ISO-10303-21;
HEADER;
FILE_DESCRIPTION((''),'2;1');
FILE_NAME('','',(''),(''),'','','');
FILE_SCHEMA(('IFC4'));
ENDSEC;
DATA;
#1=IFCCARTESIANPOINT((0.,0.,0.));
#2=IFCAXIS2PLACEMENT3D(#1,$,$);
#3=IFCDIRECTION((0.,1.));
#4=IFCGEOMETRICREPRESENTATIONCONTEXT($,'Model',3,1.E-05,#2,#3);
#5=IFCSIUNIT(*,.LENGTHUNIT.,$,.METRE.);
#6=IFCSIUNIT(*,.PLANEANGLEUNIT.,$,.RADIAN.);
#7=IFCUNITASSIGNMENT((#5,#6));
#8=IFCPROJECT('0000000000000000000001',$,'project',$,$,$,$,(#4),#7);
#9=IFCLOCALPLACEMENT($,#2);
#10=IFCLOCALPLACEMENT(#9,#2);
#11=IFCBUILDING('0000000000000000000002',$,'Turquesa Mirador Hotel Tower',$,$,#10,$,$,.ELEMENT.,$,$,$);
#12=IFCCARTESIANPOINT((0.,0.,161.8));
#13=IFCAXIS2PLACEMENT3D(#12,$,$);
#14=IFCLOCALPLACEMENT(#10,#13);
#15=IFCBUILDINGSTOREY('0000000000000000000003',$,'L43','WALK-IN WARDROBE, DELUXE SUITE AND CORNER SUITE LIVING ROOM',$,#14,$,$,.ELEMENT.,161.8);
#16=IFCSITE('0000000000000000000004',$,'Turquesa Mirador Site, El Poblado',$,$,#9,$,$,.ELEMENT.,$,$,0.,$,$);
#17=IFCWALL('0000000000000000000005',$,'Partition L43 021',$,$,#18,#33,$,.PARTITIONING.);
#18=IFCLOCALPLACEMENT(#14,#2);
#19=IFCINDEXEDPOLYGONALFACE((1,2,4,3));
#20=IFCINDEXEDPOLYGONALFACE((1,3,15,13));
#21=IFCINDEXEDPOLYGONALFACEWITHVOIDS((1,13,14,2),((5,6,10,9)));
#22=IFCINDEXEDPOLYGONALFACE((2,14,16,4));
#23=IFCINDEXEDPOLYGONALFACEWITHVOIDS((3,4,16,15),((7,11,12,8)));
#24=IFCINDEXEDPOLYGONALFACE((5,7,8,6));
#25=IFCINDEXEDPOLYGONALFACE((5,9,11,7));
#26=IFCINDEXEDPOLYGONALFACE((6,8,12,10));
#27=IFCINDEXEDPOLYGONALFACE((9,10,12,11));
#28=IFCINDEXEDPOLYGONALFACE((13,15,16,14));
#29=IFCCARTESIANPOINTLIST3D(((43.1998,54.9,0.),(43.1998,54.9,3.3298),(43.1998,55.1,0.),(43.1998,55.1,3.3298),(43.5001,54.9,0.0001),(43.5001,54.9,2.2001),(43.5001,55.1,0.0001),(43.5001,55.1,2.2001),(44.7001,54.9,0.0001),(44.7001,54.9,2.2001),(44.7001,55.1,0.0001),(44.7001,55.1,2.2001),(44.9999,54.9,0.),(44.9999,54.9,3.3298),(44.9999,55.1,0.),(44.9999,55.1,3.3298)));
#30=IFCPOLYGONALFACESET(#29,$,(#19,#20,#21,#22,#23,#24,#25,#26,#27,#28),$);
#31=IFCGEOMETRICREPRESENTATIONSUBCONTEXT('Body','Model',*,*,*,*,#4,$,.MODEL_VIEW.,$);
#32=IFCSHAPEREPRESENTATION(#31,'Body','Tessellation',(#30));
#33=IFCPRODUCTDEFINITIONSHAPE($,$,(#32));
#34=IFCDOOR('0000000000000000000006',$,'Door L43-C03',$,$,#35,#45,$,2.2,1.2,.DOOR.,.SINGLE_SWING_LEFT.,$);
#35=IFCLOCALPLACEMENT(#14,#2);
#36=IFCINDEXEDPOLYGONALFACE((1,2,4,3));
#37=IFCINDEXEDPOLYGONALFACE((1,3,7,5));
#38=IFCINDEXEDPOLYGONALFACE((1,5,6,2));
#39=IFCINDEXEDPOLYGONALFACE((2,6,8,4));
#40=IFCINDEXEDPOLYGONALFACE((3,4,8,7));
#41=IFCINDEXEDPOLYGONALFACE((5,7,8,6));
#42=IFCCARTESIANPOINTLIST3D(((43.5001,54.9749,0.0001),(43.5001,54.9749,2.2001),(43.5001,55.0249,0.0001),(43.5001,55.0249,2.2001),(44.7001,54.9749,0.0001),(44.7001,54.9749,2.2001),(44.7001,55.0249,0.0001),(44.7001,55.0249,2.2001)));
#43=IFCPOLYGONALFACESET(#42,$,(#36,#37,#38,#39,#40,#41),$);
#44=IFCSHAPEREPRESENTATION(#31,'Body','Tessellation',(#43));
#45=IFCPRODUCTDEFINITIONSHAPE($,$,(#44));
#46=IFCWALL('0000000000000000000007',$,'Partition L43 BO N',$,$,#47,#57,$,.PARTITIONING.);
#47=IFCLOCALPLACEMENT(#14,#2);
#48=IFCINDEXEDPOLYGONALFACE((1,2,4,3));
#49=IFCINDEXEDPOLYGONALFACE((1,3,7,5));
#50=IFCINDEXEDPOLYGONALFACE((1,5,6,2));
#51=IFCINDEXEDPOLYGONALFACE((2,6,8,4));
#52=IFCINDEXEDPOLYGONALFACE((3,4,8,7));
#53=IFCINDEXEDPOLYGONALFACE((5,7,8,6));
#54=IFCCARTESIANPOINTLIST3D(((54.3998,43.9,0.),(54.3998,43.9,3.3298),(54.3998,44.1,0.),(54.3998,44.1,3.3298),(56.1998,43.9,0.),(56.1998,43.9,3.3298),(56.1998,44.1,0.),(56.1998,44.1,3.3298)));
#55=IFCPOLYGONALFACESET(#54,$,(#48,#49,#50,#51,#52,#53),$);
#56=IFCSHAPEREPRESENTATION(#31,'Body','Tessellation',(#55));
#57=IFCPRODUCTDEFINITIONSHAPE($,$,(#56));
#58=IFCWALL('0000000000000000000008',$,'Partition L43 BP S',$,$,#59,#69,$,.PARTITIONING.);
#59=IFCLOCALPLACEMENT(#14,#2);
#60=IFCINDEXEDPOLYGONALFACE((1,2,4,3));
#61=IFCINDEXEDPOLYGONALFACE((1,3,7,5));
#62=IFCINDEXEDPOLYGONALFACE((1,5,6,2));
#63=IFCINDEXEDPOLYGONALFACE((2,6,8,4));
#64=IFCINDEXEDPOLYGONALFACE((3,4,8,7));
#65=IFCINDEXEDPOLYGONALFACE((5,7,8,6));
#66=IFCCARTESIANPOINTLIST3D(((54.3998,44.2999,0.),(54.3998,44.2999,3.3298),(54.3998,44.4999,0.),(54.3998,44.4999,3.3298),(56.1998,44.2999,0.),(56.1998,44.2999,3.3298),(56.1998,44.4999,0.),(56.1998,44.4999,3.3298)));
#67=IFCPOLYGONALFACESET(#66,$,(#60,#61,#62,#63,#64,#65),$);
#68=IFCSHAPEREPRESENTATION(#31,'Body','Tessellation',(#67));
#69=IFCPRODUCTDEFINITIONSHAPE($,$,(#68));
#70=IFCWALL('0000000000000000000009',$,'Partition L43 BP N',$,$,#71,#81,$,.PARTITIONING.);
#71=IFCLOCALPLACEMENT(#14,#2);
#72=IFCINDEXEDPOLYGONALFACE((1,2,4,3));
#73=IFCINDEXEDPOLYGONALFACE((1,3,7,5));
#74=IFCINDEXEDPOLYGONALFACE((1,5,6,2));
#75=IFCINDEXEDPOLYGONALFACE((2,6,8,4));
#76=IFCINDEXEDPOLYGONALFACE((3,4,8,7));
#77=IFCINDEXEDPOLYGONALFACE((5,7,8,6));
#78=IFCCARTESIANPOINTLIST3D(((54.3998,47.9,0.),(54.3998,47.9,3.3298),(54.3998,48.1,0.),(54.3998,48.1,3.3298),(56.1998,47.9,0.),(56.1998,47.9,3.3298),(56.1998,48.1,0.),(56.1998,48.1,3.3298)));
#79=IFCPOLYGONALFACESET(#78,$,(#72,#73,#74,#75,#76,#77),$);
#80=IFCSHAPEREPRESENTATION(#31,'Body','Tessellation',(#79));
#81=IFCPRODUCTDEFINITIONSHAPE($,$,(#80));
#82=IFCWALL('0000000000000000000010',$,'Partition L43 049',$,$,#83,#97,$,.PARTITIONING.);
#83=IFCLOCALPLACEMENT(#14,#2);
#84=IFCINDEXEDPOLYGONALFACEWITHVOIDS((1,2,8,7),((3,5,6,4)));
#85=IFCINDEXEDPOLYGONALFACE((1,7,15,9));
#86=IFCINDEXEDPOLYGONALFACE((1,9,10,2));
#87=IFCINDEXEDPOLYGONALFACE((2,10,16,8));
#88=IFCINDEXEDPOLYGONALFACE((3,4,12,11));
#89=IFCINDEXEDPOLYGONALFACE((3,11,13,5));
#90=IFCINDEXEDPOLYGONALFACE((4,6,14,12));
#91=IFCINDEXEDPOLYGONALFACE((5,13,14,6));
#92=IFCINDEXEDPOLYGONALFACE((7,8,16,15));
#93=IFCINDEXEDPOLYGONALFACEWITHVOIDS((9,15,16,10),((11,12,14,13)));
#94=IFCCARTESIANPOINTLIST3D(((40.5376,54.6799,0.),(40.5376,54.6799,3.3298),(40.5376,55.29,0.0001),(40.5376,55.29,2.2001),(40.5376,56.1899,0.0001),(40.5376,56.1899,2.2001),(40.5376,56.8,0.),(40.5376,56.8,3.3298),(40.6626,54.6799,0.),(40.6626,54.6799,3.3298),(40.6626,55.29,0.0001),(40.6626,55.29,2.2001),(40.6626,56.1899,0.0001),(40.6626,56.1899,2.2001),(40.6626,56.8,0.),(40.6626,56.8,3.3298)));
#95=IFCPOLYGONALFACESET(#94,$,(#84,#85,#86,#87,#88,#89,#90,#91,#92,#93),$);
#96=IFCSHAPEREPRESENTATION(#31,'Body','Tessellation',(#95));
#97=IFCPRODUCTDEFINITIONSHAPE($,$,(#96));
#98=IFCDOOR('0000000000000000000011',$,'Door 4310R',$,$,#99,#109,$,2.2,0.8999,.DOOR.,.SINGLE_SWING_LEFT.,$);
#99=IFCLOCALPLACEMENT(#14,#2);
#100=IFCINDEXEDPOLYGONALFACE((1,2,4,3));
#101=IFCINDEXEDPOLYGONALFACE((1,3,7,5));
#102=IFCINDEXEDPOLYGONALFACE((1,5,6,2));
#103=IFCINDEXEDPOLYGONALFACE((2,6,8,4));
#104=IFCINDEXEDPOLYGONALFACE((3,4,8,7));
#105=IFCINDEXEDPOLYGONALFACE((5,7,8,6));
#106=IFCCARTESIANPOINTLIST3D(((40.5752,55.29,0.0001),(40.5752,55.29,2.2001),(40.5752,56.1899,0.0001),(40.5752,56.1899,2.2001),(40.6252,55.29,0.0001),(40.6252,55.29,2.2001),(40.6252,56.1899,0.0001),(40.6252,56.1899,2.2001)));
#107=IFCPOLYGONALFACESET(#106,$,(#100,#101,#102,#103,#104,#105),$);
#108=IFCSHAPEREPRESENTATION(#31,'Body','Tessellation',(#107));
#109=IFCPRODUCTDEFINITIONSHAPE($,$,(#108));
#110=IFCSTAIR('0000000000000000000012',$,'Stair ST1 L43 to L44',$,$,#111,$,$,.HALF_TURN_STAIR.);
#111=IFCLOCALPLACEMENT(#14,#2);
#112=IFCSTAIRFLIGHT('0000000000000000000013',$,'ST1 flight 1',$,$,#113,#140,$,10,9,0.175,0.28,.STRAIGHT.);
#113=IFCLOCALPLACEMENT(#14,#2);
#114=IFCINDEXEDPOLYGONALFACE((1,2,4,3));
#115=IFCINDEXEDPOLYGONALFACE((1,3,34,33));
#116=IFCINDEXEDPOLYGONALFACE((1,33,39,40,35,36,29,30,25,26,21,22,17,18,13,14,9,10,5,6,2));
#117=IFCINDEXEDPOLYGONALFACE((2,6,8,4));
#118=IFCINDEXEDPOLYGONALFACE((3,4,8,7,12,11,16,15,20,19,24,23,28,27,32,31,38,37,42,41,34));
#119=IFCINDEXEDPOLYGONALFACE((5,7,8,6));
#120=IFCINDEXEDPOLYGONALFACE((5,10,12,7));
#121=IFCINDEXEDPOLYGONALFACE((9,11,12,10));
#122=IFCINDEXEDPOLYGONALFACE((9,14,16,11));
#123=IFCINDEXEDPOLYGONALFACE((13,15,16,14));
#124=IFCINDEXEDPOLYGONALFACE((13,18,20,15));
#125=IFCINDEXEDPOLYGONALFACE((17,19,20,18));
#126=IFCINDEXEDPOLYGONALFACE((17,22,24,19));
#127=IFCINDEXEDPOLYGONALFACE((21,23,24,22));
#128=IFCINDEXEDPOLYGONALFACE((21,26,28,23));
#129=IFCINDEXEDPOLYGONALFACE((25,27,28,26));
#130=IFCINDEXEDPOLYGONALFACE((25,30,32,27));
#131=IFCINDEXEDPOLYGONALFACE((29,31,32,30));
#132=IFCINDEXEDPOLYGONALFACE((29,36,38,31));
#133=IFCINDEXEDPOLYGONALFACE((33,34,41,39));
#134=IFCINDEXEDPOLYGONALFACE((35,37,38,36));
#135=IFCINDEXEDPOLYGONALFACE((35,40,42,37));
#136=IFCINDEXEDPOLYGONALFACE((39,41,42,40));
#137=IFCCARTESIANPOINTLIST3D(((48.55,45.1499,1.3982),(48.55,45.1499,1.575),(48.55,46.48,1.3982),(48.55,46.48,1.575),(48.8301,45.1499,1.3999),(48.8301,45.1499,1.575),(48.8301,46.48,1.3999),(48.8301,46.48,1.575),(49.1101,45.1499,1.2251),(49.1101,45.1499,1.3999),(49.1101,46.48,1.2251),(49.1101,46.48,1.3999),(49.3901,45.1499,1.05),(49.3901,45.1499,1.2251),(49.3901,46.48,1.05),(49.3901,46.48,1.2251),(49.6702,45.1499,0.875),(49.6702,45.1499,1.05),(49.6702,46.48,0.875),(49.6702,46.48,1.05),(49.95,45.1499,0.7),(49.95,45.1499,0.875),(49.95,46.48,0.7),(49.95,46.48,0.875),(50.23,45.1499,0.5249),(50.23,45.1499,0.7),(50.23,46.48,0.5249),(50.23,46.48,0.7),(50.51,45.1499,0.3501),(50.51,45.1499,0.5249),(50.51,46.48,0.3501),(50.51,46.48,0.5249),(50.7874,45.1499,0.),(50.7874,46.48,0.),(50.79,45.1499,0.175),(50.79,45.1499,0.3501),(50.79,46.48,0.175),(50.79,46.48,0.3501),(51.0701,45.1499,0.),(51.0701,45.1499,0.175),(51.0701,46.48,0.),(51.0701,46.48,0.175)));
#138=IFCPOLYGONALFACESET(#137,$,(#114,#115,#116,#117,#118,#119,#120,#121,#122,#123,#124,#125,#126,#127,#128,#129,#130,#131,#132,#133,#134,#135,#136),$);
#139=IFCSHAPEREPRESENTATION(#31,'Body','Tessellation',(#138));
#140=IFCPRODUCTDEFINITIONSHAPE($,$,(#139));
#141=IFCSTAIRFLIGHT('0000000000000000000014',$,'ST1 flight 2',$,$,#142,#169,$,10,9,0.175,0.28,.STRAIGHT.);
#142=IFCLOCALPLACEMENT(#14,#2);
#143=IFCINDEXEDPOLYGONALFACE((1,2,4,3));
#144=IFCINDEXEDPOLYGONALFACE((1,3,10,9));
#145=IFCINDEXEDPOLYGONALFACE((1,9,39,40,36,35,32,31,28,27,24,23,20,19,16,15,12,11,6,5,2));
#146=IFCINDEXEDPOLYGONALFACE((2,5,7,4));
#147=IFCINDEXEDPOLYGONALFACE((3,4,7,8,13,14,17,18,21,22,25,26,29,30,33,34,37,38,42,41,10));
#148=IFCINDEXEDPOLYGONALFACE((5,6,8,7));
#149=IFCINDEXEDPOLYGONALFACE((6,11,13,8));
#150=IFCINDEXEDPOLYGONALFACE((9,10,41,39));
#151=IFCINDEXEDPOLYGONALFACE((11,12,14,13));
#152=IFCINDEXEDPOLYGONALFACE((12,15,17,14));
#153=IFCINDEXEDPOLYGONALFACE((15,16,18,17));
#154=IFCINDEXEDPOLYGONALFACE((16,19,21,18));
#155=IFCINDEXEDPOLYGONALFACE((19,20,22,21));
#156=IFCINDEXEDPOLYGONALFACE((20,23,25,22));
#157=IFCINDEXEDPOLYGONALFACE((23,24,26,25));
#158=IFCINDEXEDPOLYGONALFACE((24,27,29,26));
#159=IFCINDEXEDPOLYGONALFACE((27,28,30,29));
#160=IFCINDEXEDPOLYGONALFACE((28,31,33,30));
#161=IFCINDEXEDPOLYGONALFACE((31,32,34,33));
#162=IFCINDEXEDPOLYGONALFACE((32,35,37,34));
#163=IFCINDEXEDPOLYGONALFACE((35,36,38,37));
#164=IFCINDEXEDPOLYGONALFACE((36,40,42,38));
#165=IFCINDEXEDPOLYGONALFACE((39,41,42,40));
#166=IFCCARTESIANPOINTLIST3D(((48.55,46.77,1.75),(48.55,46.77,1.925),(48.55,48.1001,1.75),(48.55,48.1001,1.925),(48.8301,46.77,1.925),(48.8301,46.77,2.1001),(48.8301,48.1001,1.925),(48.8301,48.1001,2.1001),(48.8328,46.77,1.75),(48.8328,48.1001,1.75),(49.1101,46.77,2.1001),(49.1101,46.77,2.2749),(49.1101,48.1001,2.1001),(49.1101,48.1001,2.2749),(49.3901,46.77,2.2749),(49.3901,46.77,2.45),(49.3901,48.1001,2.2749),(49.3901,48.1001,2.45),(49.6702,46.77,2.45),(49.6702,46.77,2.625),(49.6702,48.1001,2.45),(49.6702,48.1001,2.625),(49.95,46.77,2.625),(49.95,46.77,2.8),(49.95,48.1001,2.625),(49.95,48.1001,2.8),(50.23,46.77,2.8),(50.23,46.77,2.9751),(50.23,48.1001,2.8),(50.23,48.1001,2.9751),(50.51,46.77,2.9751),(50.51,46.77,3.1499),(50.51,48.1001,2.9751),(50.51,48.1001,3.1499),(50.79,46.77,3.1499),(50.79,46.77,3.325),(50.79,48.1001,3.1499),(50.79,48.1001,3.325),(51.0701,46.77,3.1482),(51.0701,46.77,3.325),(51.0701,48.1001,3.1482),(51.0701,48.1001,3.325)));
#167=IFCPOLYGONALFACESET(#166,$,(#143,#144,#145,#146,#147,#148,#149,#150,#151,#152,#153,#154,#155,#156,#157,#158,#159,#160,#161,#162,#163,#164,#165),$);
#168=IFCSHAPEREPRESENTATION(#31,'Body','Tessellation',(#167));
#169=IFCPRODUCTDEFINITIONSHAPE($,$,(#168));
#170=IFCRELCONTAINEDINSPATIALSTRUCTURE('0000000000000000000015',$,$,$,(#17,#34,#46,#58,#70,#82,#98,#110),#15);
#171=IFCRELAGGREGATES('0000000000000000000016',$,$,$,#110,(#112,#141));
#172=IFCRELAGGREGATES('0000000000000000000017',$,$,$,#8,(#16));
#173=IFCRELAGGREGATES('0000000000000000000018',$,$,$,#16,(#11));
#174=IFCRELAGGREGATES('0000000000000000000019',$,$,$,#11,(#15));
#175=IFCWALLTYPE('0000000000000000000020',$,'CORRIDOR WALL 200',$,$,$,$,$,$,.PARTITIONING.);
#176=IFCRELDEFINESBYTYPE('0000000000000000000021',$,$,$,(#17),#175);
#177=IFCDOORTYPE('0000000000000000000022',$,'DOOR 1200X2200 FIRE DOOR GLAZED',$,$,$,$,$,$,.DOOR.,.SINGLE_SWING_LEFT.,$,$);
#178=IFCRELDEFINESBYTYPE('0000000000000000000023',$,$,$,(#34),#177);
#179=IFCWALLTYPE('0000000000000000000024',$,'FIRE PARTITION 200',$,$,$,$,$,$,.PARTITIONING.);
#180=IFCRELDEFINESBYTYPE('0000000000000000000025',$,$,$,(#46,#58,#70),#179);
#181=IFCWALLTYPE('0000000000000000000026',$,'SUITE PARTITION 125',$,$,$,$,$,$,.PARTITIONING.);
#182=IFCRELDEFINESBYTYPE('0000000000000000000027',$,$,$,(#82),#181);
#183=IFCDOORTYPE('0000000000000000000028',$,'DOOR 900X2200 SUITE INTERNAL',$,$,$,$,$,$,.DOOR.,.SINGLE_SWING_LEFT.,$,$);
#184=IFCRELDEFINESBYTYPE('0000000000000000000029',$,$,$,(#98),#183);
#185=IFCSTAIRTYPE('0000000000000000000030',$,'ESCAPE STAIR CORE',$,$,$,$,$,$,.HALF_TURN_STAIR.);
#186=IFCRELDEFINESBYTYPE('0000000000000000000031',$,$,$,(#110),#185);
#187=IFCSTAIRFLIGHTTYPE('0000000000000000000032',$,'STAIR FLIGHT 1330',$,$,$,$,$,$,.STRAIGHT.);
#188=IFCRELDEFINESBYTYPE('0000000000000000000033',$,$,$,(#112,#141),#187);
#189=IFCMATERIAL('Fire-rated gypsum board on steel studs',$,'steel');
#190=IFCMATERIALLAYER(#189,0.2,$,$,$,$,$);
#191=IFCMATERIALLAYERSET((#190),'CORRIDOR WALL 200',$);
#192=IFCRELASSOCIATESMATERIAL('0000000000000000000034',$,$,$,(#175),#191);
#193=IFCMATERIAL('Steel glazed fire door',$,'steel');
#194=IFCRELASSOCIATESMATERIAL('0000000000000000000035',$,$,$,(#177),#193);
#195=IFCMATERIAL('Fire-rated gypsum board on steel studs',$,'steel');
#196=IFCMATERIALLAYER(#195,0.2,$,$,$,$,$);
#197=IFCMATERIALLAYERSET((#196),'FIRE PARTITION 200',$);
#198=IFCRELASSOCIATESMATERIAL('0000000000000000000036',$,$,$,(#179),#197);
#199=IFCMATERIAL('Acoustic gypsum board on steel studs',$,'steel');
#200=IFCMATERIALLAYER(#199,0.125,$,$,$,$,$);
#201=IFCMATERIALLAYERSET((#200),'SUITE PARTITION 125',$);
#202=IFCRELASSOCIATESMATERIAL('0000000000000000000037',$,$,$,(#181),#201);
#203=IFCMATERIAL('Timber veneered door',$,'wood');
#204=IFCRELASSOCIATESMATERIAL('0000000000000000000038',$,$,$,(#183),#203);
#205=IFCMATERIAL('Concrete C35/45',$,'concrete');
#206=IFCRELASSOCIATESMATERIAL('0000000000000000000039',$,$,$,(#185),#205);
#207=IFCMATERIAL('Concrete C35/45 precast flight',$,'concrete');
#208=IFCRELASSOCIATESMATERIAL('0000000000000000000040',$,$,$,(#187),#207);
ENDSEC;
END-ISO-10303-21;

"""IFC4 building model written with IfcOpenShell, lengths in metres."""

from ifc_helpers import new_model, si_unit, direction, frame, frame_2d, origin, place, context, subcontext, project, spatial, polyline, rectangle, outline, extrude, material, layer, layer_set, type_object, element, fill, aggregate, save


model = new_model("IFC4")

# Units and contexts
model_context = context("Model", 3, precision=1e-05, world=origin(), true_north=direction((0.0, 1.0)))
body_context = subcontext(model_context, "Body", "Model", "MODEL_VIEW")
ifc_project = project(units=[si_unit("LENGTHUNIT", "METRE"), si_unit("PLANEANGLEUNIT", "RADIAN")], contexts=[model_context])

# Site, building, storey
site_placement = place(None, origin())
site = spatial("IfcSite", under=ifc_project, at=site_placement, Name="Turquesa Mirador Site, El Poblado", CompositionType="ELEMENT", RefElevation=0.0)
building_placement = place(site_placement, origin())
building = spatial("IfcBuilding", under=site, at=building_placement, Name="Turquesa Mirador Hotel Tower", CompositionType="ELEMENT")
storey_placement = place(building_placement, frame((0.0, 0.0, 161.8)))
storey = spatial("IfcBuildingStorey", under=building, at=storey_placement, Name="L43", Description="WALK-IN WARDROBE, DELUXE SUITE AND CORNER SUITE LIVING ROOM", CompositionType="ELEMENT", Elevation=161.8)

# Wall, opening, door
ifc_material_1 = material(Name="Fire-rated gypsum board on steel studs", Category="steel")
ifc_layer_1 = layer(ifc_material_1, 0.2)
ifc_layer_set_1 = layer_set([ifc_layer_1], Name="CORRIDOR WALL 200")
wall_type_1 = type_object("IfcWallType", Name="CORRIDOR WALL 200", PredefinedType="PARTITIONING", material=ifc_layer_set_1)
wall_1_placement = place(storey_placement, frame((43.2, 55.0, 0.0), z_axis=(0.0, 0.0, 1.0), x_axis=(1.0, 0.0, 0.0)))
wall_1 = element("IfcWall", 1, at=wall_1_placement, inside=storey, type_object=wall_type_1, Name="Partition L43 021", PredefinedType="PARTITIONING", context=body_context, shape_type="SweptSolid", body=[
    extrude(rectangle(XDim=1.8, YDim=0.2, at=frame_2d((0.8999, 0.0))), origin(), (0.0, 0.0, 1.0), 3.3298),
])
opening_1_placement = place(wall_1_placement, frame((0.3, 0.0, 0.0)))
opening_1 = element("IfcOpeningElement", 2, at=opening_1_placement, cuts=wall_1, PredefinedType="OPENING", context=body_context, shape_type="SweptSolid", body=[
    extrude(rectangle(XDim=1.2, YDim=2.2, at=frame_2d((0.6001, 1.1001))), frame((0.0, 0.1099, 0.0), z_axis=(0.0, -1.0, 0.0), x_axis=(1.0, 0.0, 0.0)), (0.0, 0.0, 1.0), 0.22),
])
ifc_material_2 = material(Name="Steel glazed fire door", Category="steel")
door_type_1 = type_object("IfcDoorType", Name="DOOR 1200X2200 FIRE DOOR GLAZED", OperationType="SINGLE_SWING_LEFT", PredefinedType="DOOR", material=ifc_material_2)
door_1_placement = place(opening_1_placement, origin())
door_1 = element("IfcDoor", 3, at=door_1_placement, inside=storey, type_object=door_type_1, Name="Door L43-C03", OperationType="SINGLE_SWING_LEFT", OverallHeight=2.2, OverallWidth=1.2, PredefinedType="DOOR", context=body_context, shape_type="SweptSolid", body=[
    extrude(rectangle(XDim=1.2, YDim=2.2, at=frame_2d((0.6001, 1.1001))), frame((0.0, 0.0249, 0.0), z_axis=(0.0, -1.0, 0.0), x_axis=(1.0, 0.0, 0.0)), (0.0, 0.0, 1.0), 0.05),
])
fill(opening_1, door_1)

# Walls
ifc_material_3 = material(Name="Fire-rated gypsum board on steel studs", Category="steel")
ifc_layer_2 = layer(ifc_material_3, 0.2)
ifc_layer_set_2 = layer_set([ifc_layer_2], Name="FIRE PARTITION 200")
wall_type_2 = type_object("IfcWallType", Name="FIRE PARTITION 200", PredefinedType="PARTITIONING", material=ifc_layer_set_2)
for number, where, z_axis, x_axis, name in (
    (4, (54.3999, 44.0, 0.0), (0.0, 0.0, 1.0), (1.0, 0.0, 0.0), "Partition L43 BO N"),
    (5, (54.3999, 44.3999, 0.0), (0.0, 0.0, 1.0), (1.0, 0.0, 0.0), "Partition L43 BP S"),
    (6, (54.3999, 48.0, 0.0), (0.0, 0.0, 1.0), (1.0, 0.0, 0.0), "Partition L43 BP N"),
):
    element("IfcWall", number, at=place(storey_placement, frame(where, z_axis=z_axis, x_axis=x_axis)), inside=storey, type_object=wall_type_2, Name=name, PredefinedType="PARTITIONING", context=body_context, shape_type="SweptSolid", body=[
        extrude(rectangle(XDim=1.8, YDim=0.2, at=frame_2d((0.8999, 0.0))), origin(), (0.0, 0.0, 1.0), 3.3298),
    ])

# Wall, opening, door
ifc_material_4 = material(Name="Acoustic gypsum board on steel studs", Category="steel")
ifc_layer_3 = layer(ifc_material_4, 0.125)
ifc_layer_set_3 = layer_set([ifc_layer_3], Name="SUITE PARTITION 125")
wall_type_3 = type_object("IfcWallType", Name="SUITE PARTITION 125", PredefinedType="PARTITIONING", material=ifc_layer_set_3)
wall_2_placement = place(storey_placement, frame((40.6001, 54.6799, 0.0), z_axis=(0.0, 0.0, 1.0), x_axis=(0.0, 1.0, 0.0)))
wall_2 = element("IfcWall", 7, at=wall_2_placement, inside=storey, type_object=wall_type_3, Name="Partition L43 049", PredefinedType="PARTITIONING", context=body_context, shape_type="SweptSolid", body=[
    extrude(rectangle(XDim=2.1201, YDim=0.125, at=frame_2d((1.0601, 0.0))), origin(), (0.0, 0.0, 1.0), 3.3298),
])
opening_2_placement = place(wall_2_placement, frame((0.6101, 0.0, 0.0)))
opening_2 = element("IfcOpeningElement", 8, at=opening_2_placement, cuts=wall_2, PredefinedType="OPENING", context=body_context, shape_type="SweptSolid", body=[
    extrude(rectangle(XDim=0.8999, YDim=2.2, at=frame_2d((0.45, 1.1001))), frame((0.0, 0.0725, 0.0), z_axis=(0.0, -1.0, 0.0), x_axis=(1.0, 0.0, 0.0)), (0.0, 0.0, 1.0), 0.145),
])
ifc_material_5 = material(Name="Timber veneered door", Category="wood")
door_type_2 = type_object("IfcDoorType", Name="DOOR 900X2200 SUITE INTERNAL", OperationType="SINGLE_SWING_LEFT", PredefinedType="DOOR", material=ifc_material_5)
door_2_placement = place(opening_2_placement, origin())
door_2 = element("IfcDoor", 9, at=door_2_placement, inside=storey, type_object=door_type_2, Name="Door 4310R", OperationType="SINGLE_SWING_LEFT", OverallHeight=2.2, OverallWidth=0.8999, PredefinedType="DOOR", context=body_context, shape_type="SweptSolid", body=[
    extrude(rectangle(XDim=0.8999, YDim=2.2, at=frame_2d((0.45, 1.1001))), frame((0.0, 0.0249, 0.0), z_axis=(0.0, -1.0, 0.0), x_axis=(1.0, 0.0, 0.0)), (0.0, 0.0, 1.0), 0.05),
])
fill(opening_2, door_2)

# Stair, stair flights
ifc_material_6 = material(Name="Concrete C35/45", Category="concrete")
stair_type = type_object("IfcStairType", Name="ESCAPE STAIR CORE", PredefinedType="HALF_TURN_STAIR", material=ifc_material_6)
stair_1_placement = place(storey_placement, origin())
stair_1 = element("IfcStair", 10, at=stair_1_placement, inside=storey, type_object=stair_type, Name="Stair ST1 L43 to L44", PredefinedType="HALF_TURN_STAIR")
ifc_material_7 = material(Name="Concrete C35/45 precast flight", Category="concrete")
stair_flight_type = type_object("IfcStairFlightType", Name="STAIR FLIGHT 1330", PredefinedType="STRAIGHT", material=ifc_material_7)
stair_flight_1_placement = place(storey_placement, frame((51.0701, 45.8149, 0.0), z_axis=(0.0, 0.0, 1.0), x_axis=(-1.0, 0.0, 0.0)))
stair_flight_1 = element("IfcStairFlight", 11, at=stair_flight_1_placement, type_object=stair_flight_type, Name="ST1 flight 1", NumberOfRisers=10, NumberOfTreads=9, PredefinedType="STRAIGHT", RiserHeight=0.175, TreadLength=0.28, context=body_context, shape_type="SweptSolid", body=[
    extrude(outline(polyline([(0.0, 0.0), (0.0, 0.175), (0.28, 0.175), (0.28, 0.3501), (0.5601, 0.3501), (0.5601, 0.5249), (0.8401, 0.5249), (0.8401, 0.7), (1.1201, 0.7), (1.1201, 0.875), (1.3999, 0.875), (1.3999, 1.05), (1.6799, 1.05), (1.6799, 1.2251), (1.96, 1.2251), (1.96, 1.3999), (2.24, 1.3999), (2.24, 1.575), (2.52, 1.575), (2.52, 1.75), (2.52, 1.3982), (0.2827, 0.0), (0.0, 0.0)])), frame((0.0, 0.665, 0.0), z_axis=(0.0, -1.0, 0.0), x_axis=(1.0, 0.0, 0.0)), (0.0, 0.0, 1.0), 1.3301),
])
stair_flight_2_placement = place(storey_placement, frame((48.55, 47.4351, 1.75), z_axis=(0.0, 0.0, 1.0), x_axis=(1.0, 0.0, 0.0)))
stair_flight_2 = element("IfcStairFlight", 12, at=stair_flight_2_placement, type_object=stair_flight_type, Name="ST1 flight 2", NumberOfRisers=10, NumberOfTreads=9, PredefinedType="STRAIGHT", RiserHeight=0.175, TreadLength=0.28, context=body_context, shape_type="SweptSolid", body=[
    extrude(outline(polyline([(0.0, 0.0), (0.0, 0.175), (0.28, 0.175), (0.28, 0.3501), (0.5601, 0.3501), (0.5601, 0.5249), (0.8401, 0.5249), (0.8401, 0.7), (1.1201, 0.7), (1.1201, 0.875), (1.3999, 0.875), (1.3999, 1.05), (1.6799, 1.05), (1.6799, 1.2251), (1.96, 1.2251), (1.96, 1.3999), (2.24, 1.3999), (2.24, 1.575), (2.52, 1.575), (2.52, 1.75), (2.52, 1.3982), (0.2827, 0.0), (0.0, 0.0)])), frame((0.0, 0.665, 0.0), z_axis=(0.0, -1.0, 0.0), x_axis=(1.0, 0.0, 0.0)), (0.0, 0.0, 1.0), 1.3301),
])
aggregate(stair_1, [stair_flight_1, stair_flight_2])

save(model, "model.ifc")
